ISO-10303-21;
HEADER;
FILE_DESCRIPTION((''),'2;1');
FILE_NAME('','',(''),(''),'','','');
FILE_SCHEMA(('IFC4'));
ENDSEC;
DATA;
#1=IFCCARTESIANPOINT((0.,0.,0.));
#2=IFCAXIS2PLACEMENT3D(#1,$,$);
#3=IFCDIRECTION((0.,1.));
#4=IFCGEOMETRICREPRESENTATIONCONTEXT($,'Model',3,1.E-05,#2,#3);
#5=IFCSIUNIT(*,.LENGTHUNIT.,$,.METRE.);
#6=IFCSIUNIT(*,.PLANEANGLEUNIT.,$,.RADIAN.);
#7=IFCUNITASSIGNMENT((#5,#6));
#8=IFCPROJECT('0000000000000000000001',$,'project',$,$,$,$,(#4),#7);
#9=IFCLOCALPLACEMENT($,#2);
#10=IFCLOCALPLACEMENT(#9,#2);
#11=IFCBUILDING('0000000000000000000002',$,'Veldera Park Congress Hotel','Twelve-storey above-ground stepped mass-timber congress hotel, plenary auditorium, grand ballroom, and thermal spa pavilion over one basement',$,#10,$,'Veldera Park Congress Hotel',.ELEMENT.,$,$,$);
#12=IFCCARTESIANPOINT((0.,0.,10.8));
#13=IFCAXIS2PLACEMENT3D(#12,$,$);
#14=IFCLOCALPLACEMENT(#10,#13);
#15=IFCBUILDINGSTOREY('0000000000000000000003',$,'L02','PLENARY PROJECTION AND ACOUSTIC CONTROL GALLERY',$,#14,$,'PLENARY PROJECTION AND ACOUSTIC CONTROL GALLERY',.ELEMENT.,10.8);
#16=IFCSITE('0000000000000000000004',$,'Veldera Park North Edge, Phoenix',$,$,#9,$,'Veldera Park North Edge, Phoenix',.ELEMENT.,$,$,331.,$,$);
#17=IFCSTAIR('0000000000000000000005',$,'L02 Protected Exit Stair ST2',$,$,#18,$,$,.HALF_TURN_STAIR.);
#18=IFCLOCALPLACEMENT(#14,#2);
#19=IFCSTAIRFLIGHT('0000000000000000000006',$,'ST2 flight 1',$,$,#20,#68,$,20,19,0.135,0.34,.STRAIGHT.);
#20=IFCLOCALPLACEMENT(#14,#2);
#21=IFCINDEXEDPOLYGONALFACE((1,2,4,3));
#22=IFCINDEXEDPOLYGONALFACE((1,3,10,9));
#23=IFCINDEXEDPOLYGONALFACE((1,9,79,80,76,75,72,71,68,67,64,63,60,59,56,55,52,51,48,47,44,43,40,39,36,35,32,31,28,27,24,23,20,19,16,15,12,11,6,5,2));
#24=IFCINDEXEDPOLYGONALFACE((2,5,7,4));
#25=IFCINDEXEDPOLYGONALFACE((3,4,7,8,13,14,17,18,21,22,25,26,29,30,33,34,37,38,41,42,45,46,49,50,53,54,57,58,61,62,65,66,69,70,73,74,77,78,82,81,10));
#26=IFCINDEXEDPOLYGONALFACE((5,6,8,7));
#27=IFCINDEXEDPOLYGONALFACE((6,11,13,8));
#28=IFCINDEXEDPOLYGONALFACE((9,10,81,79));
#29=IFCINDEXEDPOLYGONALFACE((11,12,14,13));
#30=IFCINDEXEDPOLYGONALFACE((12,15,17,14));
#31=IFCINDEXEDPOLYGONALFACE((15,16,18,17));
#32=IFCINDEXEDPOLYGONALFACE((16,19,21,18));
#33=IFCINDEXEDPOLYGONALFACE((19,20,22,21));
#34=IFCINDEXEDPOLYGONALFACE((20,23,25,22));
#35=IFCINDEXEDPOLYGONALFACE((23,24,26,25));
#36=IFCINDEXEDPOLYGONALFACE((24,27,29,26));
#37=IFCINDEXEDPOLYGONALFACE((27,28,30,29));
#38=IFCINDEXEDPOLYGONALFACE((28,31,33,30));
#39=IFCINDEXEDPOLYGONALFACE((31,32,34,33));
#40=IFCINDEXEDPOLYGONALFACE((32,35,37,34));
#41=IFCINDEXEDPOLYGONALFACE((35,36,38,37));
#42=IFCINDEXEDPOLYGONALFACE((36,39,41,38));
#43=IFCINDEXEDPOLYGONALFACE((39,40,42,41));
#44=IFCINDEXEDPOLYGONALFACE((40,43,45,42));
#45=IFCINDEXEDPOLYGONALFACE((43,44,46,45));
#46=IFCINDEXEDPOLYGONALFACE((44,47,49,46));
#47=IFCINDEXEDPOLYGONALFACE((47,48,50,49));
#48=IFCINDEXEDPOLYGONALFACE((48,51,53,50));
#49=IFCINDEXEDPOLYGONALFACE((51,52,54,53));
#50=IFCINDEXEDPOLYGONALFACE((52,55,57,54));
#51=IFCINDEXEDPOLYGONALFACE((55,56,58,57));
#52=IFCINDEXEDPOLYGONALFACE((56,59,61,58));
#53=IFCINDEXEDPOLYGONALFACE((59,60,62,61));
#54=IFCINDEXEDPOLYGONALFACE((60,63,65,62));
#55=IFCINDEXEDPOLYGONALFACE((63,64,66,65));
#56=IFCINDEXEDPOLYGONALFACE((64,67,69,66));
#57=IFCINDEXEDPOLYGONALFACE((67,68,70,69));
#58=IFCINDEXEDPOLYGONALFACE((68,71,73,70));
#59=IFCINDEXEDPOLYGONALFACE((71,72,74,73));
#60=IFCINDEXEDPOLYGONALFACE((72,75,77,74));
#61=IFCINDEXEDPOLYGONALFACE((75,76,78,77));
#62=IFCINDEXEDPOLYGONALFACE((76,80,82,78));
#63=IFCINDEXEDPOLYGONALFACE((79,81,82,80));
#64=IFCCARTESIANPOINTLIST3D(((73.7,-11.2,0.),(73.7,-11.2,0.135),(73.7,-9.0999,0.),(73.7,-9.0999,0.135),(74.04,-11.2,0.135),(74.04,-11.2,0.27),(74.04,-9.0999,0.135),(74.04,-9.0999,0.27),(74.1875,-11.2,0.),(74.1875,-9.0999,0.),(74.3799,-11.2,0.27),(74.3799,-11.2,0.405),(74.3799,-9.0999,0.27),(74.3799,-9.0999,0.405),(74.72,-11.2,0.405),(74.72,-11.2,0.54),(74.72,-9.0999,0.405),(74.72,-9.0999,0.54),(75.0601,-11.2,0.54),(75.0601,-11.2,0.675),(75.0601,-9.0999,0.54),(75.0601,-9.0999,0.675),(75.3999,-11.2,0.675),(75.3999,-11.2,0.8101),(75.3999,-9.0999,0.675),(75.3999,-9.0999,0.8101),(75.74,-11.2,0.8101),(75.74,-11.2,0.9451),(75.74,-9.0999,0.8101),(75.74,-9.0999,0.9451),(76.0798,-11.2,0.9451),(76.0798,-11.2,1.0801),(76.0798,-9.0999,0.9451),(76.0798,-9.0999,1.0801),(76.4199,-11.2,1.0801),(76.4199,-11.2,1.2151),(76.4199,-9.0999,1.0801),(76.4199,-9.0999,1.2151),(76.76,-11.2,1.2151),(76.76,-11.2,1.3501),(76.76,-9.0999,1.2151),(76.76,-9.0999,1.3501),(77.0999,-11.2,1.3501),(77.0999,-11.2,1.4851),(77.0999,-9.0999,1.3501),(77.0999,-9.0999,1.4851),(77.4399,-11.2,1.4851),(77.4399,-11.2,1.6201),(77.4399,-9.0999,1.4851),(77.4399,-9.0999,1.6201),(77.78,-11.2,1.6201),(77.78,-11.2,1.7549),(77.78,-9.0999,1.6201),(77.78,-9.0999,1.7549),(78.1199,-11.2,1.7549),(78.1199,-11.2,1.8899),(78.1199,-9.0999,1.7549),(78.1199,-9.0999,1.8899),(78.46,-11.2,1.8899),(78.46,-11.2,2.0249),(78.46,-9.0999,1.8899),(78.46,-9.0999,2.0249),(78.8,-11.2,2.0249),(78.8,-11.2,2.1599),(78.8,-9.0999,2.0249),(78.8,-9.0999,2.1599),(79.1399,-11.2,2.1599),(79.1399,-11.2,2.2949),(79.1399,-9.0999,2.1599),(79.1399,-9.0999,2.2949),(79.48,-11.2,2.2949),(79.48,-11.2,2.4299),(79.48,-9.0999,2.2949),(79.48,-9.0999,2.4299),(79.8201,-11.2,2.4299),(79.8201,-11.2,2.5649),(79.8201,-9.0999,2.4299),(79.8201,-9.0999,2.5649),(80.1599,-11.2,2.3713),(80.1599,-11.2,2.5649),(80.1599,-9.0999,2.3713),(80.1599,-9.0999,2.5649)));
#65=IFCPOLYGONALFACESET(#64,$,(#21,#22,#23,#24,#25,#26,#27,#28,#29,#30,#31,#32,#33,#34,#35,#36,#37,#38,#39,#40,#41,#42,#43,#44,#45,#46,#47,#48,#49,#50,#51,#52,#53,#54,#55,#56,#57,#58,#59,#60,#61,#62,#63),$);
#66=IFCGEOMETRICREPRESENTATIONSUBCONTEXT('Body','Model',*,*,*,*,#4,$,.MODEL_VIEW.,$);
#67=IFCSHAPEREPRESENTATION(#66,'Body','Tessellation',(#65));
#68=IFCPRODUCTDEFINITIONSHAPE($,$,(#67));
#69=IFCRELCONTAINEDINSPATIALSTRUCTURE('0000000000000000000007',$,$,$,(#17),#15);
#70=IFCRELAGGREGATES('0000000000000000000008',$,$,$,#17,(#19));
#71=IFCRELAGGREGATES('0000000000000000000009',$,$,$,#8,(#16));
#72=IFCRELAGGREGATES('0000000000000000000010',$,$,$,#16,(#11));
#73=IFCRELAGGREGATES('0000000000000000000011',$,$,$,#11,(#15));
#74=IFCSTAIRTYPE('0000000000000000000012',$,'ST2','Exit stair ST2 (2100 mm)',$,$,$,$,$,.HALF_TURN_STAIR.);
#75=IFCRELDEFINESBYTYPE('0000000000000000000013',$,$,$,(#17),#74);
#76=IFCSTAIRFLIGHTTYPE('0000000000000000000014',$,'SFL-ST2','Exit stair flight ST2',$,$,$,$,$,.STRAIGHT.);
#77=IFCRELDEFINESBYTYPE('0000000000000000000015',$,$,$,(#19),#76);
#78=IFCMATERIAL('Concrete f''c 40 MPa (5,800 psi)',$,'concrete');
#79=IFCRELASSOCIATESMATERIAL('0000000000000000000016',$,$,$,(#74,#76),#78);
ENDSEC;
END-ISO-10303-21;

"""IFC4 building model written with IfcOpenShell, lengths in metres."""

from ifc_helpers import new_model, si_unit, direction, frame, origin, place, context, subcontext, project, spatial, polyline, outline, extrude, material, type_object, element, aggregate, save


model = new_model("IFC4")

# Units and contexts
model_context = context("Model", 3, precision=1e-05, world=origin(), true_north=direction((0.0, 1.0)))
body_context = subcontext(model_context, "Body", "Model", "MODEL_VIEW")
ifc_project = project(units=[si_unit("LENGTHUNIT", "METRE"), si_unit("PLANEANGLEUNIT", "RADIAN")], contexts=[model_context])

# Site, building, storey
site_placement = place(None, origin())
site = spatial("IfcSite", under=ifc_project, at=site_placement, Name="Veldera Park North Edge, Phoenix", LongName="Veldera Park North Edge, Phoenix", CompositionType="ELEMENT", RefElevation=331.0)
building_placement = place(site_placement, origin())
building = spatial("IfcBuilding", under=site, at=building_placement, Name="Veldera Park Congress Hotel", Description="Twelve-storey above-ground stepped mass-timber congress hotel, plenary auditorium, grand ballroom, and thermal spa pavilion over one basement", LongName="Veldera Park Congress Hotel", CompositionType="ELEMENT")
storey_placement = place(building_placement, frame((0.0, 0.0, 10.8)))
storey = spatial("IfcBuildingStorey", under=building, at=storey_placement, Name="L02", Description="PLENARY PROJECTION AND ACOUSTIC CONTROL GALLERY", LongName="PLENARY PROJECTION AND ACOUSTIC CONTROL GALLERY", CompositionType="ELEMENT", Elevation=10.8)

# Shared definitions
ifc_material_1 = material(Name="Concrete f'c 40 MPa (5,800 psi)", Category="concrete")

# Stair, stair flight
stair_type = type_object("IfcStairType", Name="ST2", Description="Exit stair ST2 (2100 mm)", PredefinedType="HALF_TURN_STAIR", material=ifc_material_1)
stair_placement = place(storey_placement, origin())
stair = element("IfcStair", 1, at=stair_placement, inside=storey, type_object=stair_type, Name="L02 Protected Exit Stair ST2", PredefinedType="HALF_TURN_STAIR")
stair_flight_type = type_object("IfcStairFlightType", Name="SFL-ST2", Description="Exit stair flight ST2", PredefinedType="STRAIGHT", material=ifc_material_1)
stair_flight_placement = place(storey_placement, frame((73.7, -10.1499, 0.0), z_axis=(0.0, 0.0, 1.0), x_axis=(1.0, 0.0, 0.0)))
stair_flight = element("IfcStairFlight", 2, at=stair_flight_placement, type_object=stair_flight_type, Name="ST2 flight 1", NumberOfRisers=20, NumberOfTreads=19, PredefinedType="STRAIGHT", RiserHeight=0.135, TreadLength=0.34, context=body_context, shape_type="SweptSolid", body=[
    extrude(outline(polyline([(0.0, 0.0), (0.0, 0.135), (0.3401, 0.135), (0.3401, 0.27), (0.6799, 0.27), (0.6799, 0.405), (1.02, 0.405), (1.02, 0.54), (1.3601, 0.54), (1.3601, 0.675), (1.7, 0.675), (1.7, 0.8101), (2.04, 0.8101), (2.04, 0.9451), (2.3799, 0.9451), (2.3799, 1.0801), (2.72, 1.0801), (2.72, 1.2151), (3.0601, 1.2151), (3.0601, 1.3501), (3.3999, 1.3501), (3.3999, 1.4851), (3.74, 1.4851), (3.74, 1.6201), (4.0801, 1.6201), (4.0801, 1.7549), (4.4199, 1.7549), (4.4199, 1.8899), (4.76, 1.8899), (4.76, 2.0249), (5.1001, 2.0249), (5.1001, 2.1599), (5.4399, 2.1599), (5.4399, 2.2949), (5.78, 2.2949), (5.78, 2.4299), (6.1201, 2.4299), (6.1201, 2.5649), (6.46, 2.5649), (6.46, 2.7), (6.46, 2.7), (6.46, 2.3713), (0.4875, 0.0), (0.0, 0.0)])), frame((0.0, 1.05, 0.0), z_axis=(0.0, -1.0, 0.0), x_axis=(1.0, 0.0, 0.0)), (0.0, 0.0, 1.0), 2.1001),
])
aggregate(stair, [stair_flight])

save(model, "model.ifc")
